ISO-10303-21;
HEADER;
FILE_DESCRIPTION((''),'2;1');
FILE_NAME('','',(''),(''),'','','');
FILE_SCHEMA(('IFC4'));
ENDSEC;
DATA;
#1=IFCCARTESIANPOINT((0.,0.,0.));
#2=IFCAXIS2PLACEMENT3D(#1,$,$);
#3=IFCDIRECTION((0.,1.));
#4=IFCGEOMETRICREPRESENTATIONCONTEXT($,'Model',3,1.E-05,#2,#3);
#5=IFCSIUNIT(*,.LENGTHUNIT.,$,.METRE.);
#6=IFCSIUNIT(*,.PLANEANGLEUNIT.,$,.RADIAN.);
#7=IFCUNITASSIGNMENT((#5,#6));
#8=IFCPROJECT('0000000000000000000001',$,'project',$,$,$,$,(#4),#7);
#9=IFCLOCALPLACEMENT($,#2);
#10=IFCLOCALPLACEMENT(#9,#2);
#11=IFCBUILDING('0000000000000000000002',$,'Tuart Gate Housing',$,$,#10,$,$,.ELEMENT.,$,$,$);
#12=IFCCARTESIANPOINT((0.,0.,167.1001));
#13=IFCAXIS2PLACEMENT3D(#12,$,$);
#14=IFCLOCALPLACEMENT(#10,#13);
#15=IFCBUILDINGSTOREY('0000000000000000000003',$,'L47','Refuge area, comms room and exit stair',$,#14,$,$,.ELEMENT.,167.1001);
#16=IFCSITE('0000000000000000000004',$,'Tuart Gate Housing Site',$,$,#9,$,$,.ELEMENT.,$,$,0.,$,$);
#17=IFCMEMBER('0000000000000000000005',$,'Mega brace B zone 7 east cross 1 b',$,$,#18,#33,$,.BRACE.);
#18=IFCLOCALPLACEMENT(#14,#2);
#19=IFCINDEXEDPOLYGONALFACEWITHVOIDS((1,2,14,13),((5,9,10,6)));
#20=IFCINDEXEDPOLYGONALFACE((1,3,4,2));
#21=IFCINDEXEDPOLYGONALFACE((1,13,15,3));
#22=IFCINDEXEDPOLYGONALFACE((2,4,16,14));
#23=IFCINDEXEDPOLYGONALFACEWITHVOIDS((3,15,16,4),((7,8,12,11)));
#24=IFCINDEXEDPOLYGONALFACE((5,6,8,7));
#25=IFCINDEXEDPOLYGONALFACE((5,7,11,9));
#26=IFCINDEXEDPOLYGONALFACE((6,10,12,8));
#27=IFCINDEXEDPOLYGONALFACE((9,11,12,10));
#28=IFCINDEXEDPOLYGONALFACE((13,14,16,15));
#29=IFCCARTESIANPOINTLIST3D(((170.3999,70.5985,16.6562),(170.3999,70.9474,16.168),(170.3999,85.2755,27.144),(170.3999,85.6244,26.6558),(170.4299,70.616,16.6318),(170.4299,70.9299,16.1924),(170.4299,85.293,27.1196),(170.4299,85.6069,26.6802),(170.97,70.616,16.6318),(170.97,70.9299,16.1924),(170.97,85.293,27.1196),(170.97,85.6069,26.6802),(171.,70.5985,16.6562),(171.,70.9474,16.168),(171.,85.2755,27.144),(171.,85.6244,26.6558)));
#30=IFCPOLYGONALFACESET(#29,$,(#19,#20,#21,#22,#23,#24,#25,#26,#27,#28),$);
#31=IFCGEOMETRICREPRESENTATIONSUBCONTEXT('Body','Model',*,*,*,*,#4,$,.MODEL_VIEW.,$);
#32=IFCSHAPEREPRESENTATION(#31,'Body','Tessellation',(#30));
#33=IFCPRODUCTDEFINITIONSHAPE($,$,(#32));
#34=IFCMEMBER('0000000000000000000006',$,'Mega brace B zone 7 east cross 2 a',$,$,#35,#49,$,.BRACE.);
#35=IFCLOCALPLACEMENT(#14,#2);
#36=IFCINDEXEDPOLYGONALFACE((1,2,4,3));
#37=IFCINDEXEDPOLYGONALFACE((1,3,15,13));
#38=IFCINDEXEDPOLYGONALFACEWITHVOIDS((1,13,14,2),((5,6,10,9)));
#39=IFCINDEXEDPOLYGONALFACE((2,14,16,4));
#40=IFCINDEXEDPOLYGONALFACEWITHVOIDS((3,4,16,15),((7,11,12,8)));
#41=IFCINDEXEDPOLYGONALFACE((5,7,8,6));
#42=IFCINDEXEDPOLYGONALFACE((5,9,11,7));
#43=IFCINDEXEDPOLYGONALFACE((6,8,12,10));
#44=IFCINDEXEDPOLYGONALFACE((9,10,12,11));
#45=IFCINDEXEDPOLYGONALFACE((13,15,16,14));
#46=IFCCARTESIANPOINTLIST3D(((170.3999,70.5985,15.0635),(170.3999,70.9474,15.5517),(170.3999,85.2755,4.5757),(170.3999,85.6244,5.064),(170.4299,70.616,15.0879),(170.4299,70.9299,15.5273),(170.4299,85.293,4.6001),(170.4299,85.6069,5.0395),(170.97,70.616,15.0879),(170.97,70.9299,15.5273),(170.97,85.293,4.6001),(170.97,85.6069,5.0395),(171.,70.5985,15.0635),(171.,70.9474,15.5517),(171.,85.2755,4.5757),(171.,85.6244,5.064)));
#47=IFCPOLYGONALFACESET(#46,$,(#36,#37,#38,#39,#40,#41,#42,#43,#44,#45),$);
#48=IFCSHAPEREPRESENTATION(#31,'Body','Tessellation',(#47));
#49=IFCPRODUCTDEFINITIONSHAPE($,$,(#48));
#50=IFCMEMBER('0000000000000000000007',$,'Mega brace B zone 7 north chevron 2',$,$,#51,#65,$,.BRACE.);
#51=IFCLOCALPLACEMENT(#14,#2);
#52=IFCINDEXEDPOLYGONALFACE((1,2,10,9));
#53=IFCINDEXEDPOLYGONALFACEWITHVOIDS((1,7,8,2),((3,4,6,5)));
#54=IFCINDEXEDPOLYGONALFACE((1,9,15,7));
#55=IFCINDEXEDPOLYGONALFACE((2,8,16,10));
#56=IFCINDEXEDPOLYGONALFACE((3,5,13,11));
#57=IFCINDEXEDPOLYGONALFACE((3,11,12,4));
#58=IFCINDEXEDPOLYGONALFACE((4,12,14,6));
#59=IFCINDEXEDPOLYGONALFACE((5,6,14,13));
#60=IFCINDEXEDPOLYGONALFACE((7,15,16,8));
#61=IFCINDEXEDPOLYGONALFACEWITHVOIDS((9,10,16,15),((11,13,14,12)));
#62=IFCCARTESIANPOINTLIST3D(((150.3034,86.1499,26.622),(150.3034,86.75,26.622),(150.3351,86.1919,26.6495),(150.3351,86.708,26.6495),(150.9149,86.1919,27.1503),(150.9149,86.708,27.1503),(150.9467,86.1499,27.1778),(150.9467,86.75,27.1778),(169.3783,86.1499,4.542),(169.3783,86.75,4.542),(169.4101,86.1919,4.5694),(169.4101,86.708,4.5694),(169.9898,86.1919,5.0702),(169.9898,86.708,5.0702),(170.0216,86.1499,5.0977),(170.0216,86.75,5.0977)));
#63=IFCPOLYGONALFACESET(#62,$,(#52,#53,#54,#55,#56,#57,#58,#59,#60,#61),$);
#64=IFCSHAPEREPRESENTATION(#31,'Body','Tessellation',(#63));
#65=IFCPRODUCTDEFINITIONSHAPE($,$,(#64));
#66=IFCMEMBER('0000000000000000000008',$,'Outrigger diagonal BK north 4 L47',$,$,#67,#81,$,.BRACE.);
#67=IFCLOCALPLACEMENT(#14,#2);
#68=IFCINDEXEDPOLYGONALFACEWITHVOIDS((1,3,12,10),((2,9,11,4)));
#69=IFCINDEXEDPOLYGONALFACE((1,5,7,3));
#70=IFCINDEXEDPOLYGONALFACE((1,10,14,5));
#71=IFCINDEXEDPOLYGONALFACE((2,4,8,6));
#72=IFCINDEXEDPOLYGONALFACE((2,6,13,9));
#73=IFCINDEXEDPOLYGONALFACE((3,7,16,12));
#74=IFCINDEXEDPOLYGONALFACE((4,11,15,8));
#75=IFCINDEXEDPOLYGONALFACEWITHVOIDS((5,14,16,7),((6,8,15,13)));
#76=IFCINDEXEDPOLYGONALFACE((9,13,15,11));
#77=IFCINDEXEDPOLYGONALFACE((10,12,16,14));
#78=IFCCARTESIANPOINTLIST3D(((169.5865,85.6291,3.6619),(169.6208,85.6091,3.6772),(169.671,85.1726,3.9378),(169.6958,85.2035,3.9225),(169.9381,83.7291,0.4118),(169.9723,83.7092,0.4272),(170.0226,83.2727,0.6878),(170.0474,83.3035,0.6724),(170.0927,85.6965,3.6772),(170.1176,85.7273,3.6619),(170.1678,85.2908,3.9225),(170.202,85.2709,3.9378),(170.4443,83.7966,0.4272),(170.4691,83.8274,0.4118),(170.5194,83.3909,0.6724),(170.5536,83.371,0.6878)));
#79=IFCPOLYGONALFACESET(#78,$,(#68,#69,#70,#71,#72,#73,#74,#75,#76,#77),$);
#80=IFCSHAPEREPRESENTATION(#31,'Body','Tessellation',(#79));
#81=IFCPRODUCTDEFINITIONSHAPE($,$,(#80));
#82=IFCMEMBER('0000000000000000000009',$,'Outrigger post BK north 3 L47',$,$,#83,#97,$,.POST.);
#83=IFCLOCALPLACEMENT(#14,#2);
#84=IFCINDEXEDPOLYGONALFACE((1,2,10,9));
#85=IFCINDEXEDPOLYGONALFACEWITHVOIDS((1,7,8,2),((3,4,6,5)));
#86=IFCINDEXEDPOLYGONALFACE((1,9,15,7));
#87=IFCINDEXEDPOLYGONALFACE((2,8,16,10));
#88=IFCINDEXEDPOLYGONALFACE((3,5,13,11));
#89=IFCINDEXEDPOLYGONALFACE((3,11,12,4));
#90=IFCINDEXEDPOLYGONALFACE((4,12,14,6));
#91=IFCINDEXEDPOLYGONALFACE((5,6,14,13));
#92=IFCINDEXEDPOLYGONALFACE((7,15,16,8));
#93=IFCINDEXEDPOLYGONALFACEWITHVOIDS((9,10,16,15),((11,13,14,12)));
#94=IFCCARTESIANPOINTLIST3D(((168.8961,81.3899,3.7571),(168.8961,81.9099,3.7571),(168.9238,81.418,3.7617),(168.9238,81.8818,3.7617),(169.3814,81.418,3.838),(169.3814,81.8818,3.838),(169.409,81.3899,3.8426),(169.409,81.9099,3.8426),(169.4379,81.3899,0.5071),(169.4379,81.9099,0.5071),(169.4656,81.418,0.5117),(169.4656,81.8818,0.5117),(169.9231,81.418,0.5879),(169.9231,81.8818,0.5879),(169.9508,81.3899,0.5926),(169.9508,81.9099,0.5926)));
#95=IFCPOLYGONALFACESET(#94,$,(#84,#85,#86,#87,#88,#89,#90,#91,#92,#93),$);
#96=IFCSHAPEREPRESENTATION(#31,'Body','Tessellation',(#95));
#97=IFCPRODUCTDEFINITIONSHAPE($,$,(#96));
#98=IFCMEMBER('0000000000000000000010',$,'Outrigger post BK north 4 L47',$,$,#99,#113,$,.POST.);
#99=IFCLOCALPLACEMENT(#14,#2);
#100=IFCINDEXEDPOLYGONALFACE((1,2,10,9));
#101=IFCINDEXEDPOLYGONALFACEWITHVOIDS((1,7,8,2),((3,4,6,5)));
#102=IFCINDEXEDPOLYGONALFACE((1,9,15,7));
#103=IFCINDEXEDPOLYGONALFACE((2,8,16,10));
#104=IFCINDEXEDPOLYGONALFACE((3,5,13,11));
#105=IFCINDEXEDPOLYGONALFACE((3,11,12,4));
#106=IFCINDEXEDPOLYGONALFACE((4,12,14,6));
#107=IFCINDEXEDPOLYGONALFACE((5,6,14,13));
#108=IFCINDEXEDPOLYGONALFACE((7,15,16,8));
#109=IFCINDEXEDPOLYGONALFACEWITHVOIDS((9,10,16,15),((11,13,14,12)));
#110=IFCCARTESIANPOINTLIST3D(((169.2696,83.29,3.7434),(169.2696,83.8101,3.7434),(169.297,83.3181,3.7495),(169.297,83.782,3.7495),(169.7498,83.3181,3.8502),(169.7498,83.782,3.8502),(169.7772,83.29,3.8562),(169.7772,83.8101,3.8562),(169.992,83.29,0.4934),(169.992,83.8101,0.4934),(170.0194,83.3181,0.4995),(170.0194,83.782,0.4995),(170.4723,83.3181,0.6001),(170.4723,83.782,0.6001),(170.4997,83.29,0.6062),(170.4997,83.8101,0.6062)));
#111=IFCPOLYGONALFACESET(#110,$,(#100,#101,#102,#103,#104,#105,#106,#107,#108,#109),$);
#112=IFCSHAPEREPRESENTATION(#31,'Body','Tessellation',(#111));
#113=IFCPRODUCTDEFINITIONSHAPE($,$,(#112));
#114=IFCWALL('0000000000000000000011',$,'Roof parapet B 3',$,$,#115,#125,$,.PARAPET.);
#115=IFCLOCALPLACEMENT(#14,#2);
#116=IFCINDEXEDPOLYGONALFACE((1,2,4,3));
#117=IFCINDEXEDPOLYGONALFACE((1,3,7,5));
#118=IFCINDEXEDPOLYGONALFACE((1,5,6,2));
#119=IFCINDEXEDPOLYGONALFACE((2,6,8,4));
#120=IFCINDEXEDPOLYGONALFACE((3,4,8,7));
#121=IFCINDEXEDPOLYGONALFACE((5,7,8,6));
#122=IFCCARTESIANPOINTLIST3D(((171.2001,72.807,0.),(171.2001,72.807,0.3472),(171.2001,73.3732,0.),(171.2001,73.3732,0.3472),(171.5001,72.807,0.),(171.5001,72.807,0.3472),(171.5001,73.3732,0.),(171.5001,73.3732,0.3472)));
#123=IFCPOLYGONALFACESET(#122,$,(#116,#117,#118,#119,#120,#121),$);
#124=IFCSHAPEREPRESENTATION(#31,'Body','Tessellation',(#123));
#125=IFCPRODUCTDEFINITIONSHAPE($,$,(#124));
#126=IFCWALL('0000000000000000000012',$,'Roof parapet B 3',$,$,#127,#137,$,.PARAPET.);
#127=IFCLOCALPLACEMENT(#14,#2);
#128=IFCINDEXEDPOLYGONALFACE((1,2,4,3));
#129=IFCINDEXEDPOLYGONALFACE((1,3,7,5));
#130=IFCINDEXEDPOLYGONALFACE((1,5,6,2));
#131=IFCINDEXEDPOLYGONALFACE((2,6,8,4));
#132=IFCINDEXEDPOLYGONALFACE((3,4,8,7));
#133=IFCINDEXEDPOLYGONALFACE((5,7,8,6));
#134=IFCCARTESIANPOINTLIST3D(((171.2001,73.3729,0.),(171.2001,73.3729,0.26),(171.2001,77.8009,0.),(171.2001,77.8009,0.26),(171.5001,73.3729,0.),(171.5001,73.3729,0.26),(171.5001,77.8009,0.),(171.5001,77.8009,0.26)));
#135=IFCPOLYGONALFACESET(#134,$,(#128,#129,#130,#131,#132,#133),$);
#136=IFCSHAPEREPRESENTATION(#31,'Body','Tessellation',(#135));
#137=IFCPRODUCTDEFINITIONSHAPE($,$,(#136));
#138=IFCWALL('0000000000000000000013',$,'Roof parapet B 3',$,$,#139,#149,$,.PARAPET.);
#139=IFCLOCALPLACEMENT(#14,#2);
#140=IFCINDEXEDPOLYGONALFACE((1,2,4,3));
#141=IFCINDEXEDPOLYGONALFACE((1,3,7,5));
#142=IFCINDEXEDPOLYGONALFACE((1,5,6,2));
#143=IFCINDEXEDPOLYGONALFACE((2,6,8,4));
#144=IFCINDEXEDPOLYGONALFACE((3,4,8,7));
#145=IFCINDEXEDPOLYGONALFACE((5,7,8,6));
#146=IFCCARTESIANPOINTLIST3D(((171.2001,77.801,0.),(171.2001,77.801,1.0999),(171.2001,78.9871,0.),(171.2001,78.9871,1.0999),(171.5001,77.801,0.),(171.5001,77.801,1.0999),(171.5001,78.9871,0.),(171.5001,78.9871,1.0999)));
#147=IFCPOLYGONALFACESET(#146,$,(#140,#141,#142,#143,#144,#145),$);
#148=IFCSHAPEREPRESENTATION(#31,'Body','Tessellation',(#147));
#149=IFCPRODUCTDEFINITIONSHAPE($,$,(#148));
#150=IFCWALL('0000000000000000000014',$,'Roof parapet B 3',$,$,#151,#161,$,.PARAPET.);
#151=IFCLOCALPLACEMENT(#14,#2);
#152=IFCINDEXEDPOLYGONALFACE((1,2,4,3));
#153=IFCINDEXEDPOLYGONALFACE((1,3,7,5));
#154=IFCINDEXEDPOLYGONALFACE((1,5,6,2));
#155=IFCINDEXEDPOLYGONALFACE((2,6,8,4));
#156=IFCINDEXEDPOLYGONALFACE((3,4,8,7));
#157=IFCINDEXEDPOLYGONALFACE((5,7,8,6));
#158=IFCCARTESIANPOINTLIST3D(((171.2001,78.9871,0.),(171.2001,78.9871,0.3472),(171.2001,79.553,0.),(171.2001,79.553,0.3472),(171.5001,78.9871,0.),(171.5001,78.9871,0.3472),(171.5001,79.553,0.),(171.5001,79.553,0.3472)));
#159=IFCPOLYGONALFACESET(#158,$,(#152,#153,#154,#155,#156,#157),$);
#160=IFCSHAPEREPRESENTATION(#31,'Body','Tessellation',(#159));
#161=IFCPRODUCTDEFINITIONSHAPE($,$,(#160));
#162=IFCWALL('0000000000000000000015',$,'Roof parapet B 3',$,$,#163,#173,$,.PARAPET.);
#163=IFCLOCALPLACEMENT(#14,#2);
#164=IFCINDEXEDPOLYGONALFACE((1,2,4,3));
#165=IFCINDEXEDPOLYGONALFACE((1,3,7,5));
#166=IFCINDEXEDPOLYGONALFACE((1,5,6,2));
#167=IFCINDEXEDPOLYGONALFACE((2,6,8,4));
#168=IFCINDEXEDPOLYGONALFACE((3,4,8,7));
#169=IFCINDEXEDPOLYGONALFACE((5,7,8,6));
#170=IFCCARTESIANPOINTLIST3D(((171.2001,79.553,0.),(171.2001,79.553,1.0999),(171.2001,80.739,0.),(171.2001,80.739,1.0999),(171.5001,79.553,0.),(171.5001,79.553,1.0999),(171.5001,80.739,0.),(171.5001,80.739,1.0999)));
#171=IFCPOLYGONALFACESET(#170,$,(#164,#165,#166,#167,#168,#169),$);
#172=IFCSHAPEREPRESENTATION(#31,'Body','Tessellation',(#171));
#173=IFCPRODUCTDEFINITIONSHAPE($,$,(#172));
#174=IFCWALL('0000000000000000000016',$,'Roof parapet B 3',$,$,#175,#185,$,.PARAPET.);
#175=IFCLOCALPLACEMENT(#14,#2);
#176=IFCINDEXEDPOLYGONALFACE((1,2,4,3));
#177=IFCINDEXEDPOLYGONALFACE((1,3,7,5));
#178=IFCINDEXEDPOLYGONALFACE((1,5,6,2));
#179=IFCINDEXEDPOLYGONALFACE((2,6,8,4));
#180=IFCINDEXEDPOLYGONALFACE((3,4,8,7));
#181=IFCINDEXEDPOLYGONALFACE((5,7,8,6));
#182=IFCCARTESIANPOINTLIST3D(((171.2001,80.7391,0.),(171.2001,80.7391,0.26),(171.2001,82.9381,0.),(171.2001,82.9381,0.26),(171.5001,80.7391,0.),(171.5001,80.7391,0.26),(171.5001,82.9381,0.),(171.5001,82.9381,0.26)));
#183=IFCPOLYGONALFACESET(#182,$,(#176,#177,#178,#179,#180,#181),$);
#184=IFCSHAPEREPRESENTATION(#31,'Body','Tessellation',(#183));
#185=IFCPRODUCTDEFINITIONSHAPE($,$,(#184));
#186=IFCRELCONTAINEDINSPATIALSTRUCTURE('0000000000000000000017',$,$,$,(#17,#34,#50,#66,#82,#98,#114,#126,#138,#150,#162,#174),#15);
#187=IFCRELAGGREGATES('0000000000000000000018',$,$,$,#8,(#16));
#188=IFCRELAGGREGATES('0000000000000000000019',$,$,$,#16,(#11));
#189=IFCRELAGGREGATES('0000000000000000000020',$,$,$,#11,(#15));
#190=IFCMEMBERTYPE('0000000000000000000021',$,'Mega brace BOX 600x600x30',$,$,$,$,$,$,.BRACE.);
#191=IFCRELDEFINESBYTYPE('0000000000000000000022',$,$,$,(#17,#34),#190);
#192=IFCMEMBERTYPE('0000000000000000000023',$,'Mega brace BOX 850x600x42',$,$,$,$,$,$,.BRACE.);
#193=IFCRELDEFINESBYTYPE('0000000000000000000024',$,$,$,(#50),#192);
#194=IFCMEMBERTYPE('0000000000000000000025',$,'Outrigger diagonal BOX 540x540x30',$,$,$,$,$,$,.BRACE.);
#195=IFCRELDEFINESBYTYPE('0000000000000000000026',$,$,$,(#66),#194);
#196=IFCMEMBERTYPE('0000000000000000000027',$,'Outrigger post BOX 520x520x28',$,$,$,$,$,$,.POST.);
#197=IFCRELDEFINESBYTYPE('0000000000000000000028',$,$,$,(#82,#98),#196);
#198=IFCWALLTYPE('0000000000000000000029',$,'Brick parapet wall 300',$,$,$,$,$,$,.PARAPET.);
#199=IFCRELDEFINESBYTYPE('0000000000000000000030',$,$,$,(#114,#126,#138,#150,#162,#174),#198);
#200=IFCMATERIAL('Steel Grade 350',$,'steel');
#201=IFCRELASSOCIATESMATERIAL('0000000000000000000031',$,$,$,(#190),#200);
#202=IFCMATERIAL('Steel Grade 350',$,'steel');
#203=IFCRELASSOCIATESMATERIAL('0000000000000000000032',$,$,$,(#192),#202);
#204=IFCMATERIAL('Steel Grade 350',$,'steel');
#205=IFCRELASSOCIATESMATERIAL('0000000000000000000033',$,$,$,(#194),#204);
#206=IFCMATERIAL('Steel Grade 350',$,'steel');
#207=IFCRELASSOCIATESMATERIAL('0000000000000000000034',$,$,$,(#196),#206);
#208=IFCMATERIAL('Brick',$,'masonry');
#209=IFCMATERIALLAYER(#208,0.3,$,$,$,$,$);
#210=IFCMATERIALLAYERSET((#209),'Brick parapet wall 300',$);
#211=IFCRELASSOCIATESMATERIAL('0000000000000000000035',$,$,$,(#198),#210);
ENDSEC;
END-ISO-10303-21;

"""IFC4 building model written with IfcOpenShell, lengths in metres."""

from ifc_helpers import new_model, si_unit, direction, frame, frame_2d, origin, origin_2d, place, context, subcontext, project, spatial, rectangle, hollow_rectangle, extrude, material, layer, layer_set, material_profile, profile_set, type_object, element, save


model = new_model("IFC4")

# Units and contexts
model_context = context("Model", 3, precision=1e-05, world=origin(), true_north=direction((0.0, 1.0)))
body_context = subcontext(model_context, "Body", "Model", "MODEL_VIEW")
ifc_project = project(units=[si_unit("LENGTHUNIT", "METRE"), si_unit("PLANEANGLEUNIT", "RADIAN")], contexts=[model_context])

# Site, building, storey
site_placement = place(None, origin())
site = spatial("IfcSite", under=ifc_project, at=site_placement, Name="Tuart Gate Housing Site", CompositionType="ELEMENT", RefElevation=0.0)
building_placement = place(site_placement, origin())
building = spatial("IfcBuilding", under=site, at=building_placement, Name="Tuart Gate Housing", CompositionType="ELEMENT")
storey_placement = place(building_placement, frame((0.0, 0.0, 167.1001)))
storey = spatial("IfcBuildingStorey", under=building, at=storey_placement, Name="L47", Description="Refuge area, comms room and exit stair", CompositionType="ELEMENT", Elevation=167.1001)

# Members
ifc_material_1 = material(Name="Steel Grade 350", Category="steel")
ifc_material_profile_1 = material_profile(ifc_material_1, hollow_rectangle(XDim=0.6001, YDim=0.6001, WallThickness=0.03, at=origin_2d()), Name="BOX 600x600x30")
ifc_profile_set_1 = profile_set([ifc_material_profile_1], Name="Steel Grade 350")
member_type_1 = type_object("IfcMemberType", Name="Mega brace BOX 600x600x30", PredefinedType="BRACE", material=ifc_profile_set_1)
for number, where, z_axis, x_axis, name in (
    (1, (170.7, 70.7729, 16.4121), (0.0, 0.813623, 0.581393), (-1.0, 0.0, 0.0), "Mega brace B zone 7 east cross 1 b"),
    (2, (170.7, 85.45, 4.8198), (0.0, -0.813623, 0.581393), (1.0, 0.0, 0.0), "Mega brace B zone 7 east cross 2 a"),
):
    element("IfcMember", number, at=place(storey_placement, frame(where, z_axis=z_axis, x_axis=x_axis)), inside=storey, type_object=member_type_1, Name=name, PredefinedType="BRACE", context=body_context, shape_type="SweptSolid", body=[
        extrude(hollow_rectangle(XDim=0.6001, YDim=0.6001, WallThickness=0.03, at=origin_2d()), origin(), (0.0, 0.0, 1.0), 18.0391),
    ])
ifc_material_2 = material(Name="Steel Grade 350", Category="steel")
ifc_material_profile_2 = material_profile(ifc_material_2, hollow_rectangle(XDim=0.6001, YDim=0.8501, WallThickness=0.042, at=origin_2d()), Name="BOX 850x600x42")
ifc_profile_set_2 = profile_set([ifc_material_profile_2], Name="Steel Grade 350")
member_type_2 = type_object("IfcMemberType", Name="Mega brace BOX 850x600x42", PredefinedType="BRACE", material=ifc_profile_set_2)
member_1_placement = place(storey_placement, frame((169.7, 86.45, 4.8198), z_axis=(-0.653734, 0.0, 0.756725), x_axis=(0.0, -1.0, 0.0)))
element("IfcMember", 3, at=member_1_placement, inside=storey, type_object=member_type_2, Name="Mega brace B zone 7 north chevron 2", PredefinedType="BRACE", context=body_context, shape_type="SweptSolid", body=[
    extrude(hollow_rectangle(XDim=0.6001, YDim=0.8501, WallThickness=0.042, at=origin_2d()), origin(), (0.0, 0.0, 1.0), 29.1785),
])
ifc_material_3 = material(Name="Steel Grade 350", Category="steel")
ifc_material_profile_3 = material_profile(ifc_material_3, hollow_rectangle(XDim=0.54, YDim=0.54, WallThickness=0.03, at=origin_2d()), Name="BOX 540x540x30")
ifc_profile_set_3 = profile_set([ifc_material_profile_3], Name="Steel Grade 350")
member_type_3 = type_object("IfcMemberType", Name="Outrigger diagonal BOX 540x540x30", PredefinedType="BRACE", material=ifc_profile_set_3)
member_2_placement = place(storey_placement, frame((170.2458, 83.55, 0.5498), z_axis=(-0.092982, 0.502491, 0.859568), x_axis=(-0.983307, -0.181954, 0.0)))
element("IfcMember", 4, at=member_2_placement, inside=storey, type_object=member_type_3, Name="Outrigger diagonal BK north 4 L47", PredefinedType="BRACE", context=body_context, shape_type="SweptSolid", body=[
    extrude(hollow_rectangle(XDim=0.54, YDim=0.54, WallThickness=0.03, at=origin_2d()), origin(), (0.0, 0.0, 1.0), 3.781),
])
ifc_material_4 = material(Name="Steel Grade 350", Category="steel")
ifc_material_profile_4 = material_profile(ifc_material_4, hollow_rectangle(XDim=0.52, YDim=0.52, WallThickness=0.0281, at=origin_2d()), Name="BOX 520x520x28")
ifc_profile_set_4 = profile_set([ifc_material_profile_4], Name="Steel Grade 350")
member_type_4 = type_object("IfcMemberType", Name="Outrigger post BOX 520x520x28", PredefinedType="POST", material=ifc_profile_set_4)
member_3_placement = place(storey_placement, frame((169.6943, 81.6499, 0.5498), z_axis=(-0.164423, 0.0, 0.98639), x_axis=(0.0, -1.0, 0.0)))
element("IfcMember", 5, at=member_3_placement, inside=storey, type_object=member_type_4, Name="Outrigger post BK north 3 L47", PredefinedType="POST", context=body_context, shape_type="SweptSolid", body=[
    extrude(hollow_rectangle(XDim=0.52, YDim=0.52, WallThickness=0.0281, at=origin_2d()), origin(), (0.0, 0.0, 1.0), 3.2949),
])
member_4_placement = place(storey_placement, frame((170.2458, 83.55, 0.5498), z_axis=(-0.216985, 0.0, 0.976175), x_axis=(0.0, -1.0, 0.0)))
element("IfcMember", 6, at=member_4_placement, inside=storey, type_object=member_type_4, Name="Outrigger post BK north 4 L47", PredefinedType="POST", context=body_context, shape_type="SweptSolid", body=[
    extrude(hollow_rectangle(XDim=0.52, YDim=0.52, WallThickness=0.0281, at=origin_2d()), origin(), (0.0, 0.0, 1.0), 3.3293),
])

# Walls
ifc_material_5 = material(Name="Brick", Category="masonry")
ifc_layer_1 = layer(ifc_material_5, 0.3)
ifc_layer_set_1 = layer_set([ifc_layer_1], Name="Brick parapet wall 300")
wall_type_1 = type_object("IfcWallType", Name="Brick parapet wall 300", PredefinedType="PARAPET", material=ifc_layer_set_1)
wall_1_placement = place(storey_placement, frame((171.3501, 72.8069, 0.0), z_axis=(0.0, 0.0, 1.0), x_axis=(0.0, 1.0, 0.0)))
element("IfcWall", 7, at=wall_1_placement, inside=storey, type_object=wall_type_1, Name="Roof parapet B 3", PredefinedType="PARAPET", context=body_context, shape_type="SweptSolid", body=[
    extrude(rectangle(XDim=0.5662, YDim=0.3, at=frame_2d((0.2832, 0.0))), origin(), (0.0, 0.0, 1.0), 0.3472),
])
wall_2_placement = place(storey_placement, frame((171.3501, 73.373, 0.0), z_axis=(0.0, 0.0, 1.0), x_axis=(0.0, 1.0, 0.0)))
element("IfcWall", 8, at=wall_2_placement, inside=storey, type_object=wall_type_1, Name="Roof parapet B 3", PredefinedType="PARAPET", context=body_context, shape_type="SweptSolid", body=[
    extrude(rectangle(XDim=4.428, YDim=0.3, at=frame_2d((2.2139, 0.0))), origin(), (0.0, 0.0, 1.0), 0.26),
])
wall_3_placement = place(storey_placement, frame((171.3501, 77.801, 0.0), z_axis=(0.0, 0.0, 1.0), x_axis=(0.0, 1.0, 0.0)))
element("IfcWall", 9, at=wall_3_placement, inside=storey, type_object=wall_type_1, Name="Roof parapet B 3", PredefinedType="PARAPET", context=body_context, shape_type="SweptSolid", body=[
    extrude(rectangle(XDim=1.186, YDim=0.3, at=frame_2d((0.593, 0.0))), origin(), (0.0, 0.0, 1.0), 1.0999),
])
wall_4_placement = place(storey_placement, frame((171.3501, 78.9871, 0.0), z_axis=(0.0, 0.0, 1.0), x_axis=(0.0, 1.0, 0.0)))
element("IfcWall", 10, at=wall_4_placement, inside=storey, type_object=wall_type_1, Name="Roof parapet B 3", PredefinedType="PARAPET", context=body_context, shape_type="SweptSolid", body=[
    extrude(rectangle(XDim=0.5659, YDim=0.3, at=frame_2d((0.283, 0.0))), origin(), (0.0, 0.0, 1.0), 0.3472),
])
wall_5_placement = place(storey_placement, frame((171.3501, 79.553, 0.0), z_axis=(0.0, 0.0, 1.0), x_axis=(0.0, 1.0, 0.0)))
element("IfcWall", 11, at=wall_5_placement, inside=storey, type_object=wall_type_1, Name="Roof parapet B 3", PredefinedType="PARAPET", context=body_context, shape_type="SweptSolid", body=[
    extrude(rectangle(XDim=1.186, YDim=0.3, at=frame_2d((0.593, 0.0))), origin(), (0.0, 0.0, 1.0), 1.0999),
])
wall_6_placement = place(storey_placement, frame((171.3501, 80.739, 0.0), z_axis=(0.0, 0.0, 1.0), x_axis=(0.0, 1.0, 0.0)))
element("IfcWall", 12, at=wall_6_placement, inside=storey, type_object=wall_type_1, Name="Roof parapet B 3", PredefinedType="PARAPET", context=body_context, shape_type="SweptSolid", body=[
    extrude(rectangle(XDim=2.199, YDim=0.3, at=frame_2d((1.0996, 0.0))), origin(), (0.0, 0.0, 1.0), 0.26),
])

save(model, "model.ifc")
